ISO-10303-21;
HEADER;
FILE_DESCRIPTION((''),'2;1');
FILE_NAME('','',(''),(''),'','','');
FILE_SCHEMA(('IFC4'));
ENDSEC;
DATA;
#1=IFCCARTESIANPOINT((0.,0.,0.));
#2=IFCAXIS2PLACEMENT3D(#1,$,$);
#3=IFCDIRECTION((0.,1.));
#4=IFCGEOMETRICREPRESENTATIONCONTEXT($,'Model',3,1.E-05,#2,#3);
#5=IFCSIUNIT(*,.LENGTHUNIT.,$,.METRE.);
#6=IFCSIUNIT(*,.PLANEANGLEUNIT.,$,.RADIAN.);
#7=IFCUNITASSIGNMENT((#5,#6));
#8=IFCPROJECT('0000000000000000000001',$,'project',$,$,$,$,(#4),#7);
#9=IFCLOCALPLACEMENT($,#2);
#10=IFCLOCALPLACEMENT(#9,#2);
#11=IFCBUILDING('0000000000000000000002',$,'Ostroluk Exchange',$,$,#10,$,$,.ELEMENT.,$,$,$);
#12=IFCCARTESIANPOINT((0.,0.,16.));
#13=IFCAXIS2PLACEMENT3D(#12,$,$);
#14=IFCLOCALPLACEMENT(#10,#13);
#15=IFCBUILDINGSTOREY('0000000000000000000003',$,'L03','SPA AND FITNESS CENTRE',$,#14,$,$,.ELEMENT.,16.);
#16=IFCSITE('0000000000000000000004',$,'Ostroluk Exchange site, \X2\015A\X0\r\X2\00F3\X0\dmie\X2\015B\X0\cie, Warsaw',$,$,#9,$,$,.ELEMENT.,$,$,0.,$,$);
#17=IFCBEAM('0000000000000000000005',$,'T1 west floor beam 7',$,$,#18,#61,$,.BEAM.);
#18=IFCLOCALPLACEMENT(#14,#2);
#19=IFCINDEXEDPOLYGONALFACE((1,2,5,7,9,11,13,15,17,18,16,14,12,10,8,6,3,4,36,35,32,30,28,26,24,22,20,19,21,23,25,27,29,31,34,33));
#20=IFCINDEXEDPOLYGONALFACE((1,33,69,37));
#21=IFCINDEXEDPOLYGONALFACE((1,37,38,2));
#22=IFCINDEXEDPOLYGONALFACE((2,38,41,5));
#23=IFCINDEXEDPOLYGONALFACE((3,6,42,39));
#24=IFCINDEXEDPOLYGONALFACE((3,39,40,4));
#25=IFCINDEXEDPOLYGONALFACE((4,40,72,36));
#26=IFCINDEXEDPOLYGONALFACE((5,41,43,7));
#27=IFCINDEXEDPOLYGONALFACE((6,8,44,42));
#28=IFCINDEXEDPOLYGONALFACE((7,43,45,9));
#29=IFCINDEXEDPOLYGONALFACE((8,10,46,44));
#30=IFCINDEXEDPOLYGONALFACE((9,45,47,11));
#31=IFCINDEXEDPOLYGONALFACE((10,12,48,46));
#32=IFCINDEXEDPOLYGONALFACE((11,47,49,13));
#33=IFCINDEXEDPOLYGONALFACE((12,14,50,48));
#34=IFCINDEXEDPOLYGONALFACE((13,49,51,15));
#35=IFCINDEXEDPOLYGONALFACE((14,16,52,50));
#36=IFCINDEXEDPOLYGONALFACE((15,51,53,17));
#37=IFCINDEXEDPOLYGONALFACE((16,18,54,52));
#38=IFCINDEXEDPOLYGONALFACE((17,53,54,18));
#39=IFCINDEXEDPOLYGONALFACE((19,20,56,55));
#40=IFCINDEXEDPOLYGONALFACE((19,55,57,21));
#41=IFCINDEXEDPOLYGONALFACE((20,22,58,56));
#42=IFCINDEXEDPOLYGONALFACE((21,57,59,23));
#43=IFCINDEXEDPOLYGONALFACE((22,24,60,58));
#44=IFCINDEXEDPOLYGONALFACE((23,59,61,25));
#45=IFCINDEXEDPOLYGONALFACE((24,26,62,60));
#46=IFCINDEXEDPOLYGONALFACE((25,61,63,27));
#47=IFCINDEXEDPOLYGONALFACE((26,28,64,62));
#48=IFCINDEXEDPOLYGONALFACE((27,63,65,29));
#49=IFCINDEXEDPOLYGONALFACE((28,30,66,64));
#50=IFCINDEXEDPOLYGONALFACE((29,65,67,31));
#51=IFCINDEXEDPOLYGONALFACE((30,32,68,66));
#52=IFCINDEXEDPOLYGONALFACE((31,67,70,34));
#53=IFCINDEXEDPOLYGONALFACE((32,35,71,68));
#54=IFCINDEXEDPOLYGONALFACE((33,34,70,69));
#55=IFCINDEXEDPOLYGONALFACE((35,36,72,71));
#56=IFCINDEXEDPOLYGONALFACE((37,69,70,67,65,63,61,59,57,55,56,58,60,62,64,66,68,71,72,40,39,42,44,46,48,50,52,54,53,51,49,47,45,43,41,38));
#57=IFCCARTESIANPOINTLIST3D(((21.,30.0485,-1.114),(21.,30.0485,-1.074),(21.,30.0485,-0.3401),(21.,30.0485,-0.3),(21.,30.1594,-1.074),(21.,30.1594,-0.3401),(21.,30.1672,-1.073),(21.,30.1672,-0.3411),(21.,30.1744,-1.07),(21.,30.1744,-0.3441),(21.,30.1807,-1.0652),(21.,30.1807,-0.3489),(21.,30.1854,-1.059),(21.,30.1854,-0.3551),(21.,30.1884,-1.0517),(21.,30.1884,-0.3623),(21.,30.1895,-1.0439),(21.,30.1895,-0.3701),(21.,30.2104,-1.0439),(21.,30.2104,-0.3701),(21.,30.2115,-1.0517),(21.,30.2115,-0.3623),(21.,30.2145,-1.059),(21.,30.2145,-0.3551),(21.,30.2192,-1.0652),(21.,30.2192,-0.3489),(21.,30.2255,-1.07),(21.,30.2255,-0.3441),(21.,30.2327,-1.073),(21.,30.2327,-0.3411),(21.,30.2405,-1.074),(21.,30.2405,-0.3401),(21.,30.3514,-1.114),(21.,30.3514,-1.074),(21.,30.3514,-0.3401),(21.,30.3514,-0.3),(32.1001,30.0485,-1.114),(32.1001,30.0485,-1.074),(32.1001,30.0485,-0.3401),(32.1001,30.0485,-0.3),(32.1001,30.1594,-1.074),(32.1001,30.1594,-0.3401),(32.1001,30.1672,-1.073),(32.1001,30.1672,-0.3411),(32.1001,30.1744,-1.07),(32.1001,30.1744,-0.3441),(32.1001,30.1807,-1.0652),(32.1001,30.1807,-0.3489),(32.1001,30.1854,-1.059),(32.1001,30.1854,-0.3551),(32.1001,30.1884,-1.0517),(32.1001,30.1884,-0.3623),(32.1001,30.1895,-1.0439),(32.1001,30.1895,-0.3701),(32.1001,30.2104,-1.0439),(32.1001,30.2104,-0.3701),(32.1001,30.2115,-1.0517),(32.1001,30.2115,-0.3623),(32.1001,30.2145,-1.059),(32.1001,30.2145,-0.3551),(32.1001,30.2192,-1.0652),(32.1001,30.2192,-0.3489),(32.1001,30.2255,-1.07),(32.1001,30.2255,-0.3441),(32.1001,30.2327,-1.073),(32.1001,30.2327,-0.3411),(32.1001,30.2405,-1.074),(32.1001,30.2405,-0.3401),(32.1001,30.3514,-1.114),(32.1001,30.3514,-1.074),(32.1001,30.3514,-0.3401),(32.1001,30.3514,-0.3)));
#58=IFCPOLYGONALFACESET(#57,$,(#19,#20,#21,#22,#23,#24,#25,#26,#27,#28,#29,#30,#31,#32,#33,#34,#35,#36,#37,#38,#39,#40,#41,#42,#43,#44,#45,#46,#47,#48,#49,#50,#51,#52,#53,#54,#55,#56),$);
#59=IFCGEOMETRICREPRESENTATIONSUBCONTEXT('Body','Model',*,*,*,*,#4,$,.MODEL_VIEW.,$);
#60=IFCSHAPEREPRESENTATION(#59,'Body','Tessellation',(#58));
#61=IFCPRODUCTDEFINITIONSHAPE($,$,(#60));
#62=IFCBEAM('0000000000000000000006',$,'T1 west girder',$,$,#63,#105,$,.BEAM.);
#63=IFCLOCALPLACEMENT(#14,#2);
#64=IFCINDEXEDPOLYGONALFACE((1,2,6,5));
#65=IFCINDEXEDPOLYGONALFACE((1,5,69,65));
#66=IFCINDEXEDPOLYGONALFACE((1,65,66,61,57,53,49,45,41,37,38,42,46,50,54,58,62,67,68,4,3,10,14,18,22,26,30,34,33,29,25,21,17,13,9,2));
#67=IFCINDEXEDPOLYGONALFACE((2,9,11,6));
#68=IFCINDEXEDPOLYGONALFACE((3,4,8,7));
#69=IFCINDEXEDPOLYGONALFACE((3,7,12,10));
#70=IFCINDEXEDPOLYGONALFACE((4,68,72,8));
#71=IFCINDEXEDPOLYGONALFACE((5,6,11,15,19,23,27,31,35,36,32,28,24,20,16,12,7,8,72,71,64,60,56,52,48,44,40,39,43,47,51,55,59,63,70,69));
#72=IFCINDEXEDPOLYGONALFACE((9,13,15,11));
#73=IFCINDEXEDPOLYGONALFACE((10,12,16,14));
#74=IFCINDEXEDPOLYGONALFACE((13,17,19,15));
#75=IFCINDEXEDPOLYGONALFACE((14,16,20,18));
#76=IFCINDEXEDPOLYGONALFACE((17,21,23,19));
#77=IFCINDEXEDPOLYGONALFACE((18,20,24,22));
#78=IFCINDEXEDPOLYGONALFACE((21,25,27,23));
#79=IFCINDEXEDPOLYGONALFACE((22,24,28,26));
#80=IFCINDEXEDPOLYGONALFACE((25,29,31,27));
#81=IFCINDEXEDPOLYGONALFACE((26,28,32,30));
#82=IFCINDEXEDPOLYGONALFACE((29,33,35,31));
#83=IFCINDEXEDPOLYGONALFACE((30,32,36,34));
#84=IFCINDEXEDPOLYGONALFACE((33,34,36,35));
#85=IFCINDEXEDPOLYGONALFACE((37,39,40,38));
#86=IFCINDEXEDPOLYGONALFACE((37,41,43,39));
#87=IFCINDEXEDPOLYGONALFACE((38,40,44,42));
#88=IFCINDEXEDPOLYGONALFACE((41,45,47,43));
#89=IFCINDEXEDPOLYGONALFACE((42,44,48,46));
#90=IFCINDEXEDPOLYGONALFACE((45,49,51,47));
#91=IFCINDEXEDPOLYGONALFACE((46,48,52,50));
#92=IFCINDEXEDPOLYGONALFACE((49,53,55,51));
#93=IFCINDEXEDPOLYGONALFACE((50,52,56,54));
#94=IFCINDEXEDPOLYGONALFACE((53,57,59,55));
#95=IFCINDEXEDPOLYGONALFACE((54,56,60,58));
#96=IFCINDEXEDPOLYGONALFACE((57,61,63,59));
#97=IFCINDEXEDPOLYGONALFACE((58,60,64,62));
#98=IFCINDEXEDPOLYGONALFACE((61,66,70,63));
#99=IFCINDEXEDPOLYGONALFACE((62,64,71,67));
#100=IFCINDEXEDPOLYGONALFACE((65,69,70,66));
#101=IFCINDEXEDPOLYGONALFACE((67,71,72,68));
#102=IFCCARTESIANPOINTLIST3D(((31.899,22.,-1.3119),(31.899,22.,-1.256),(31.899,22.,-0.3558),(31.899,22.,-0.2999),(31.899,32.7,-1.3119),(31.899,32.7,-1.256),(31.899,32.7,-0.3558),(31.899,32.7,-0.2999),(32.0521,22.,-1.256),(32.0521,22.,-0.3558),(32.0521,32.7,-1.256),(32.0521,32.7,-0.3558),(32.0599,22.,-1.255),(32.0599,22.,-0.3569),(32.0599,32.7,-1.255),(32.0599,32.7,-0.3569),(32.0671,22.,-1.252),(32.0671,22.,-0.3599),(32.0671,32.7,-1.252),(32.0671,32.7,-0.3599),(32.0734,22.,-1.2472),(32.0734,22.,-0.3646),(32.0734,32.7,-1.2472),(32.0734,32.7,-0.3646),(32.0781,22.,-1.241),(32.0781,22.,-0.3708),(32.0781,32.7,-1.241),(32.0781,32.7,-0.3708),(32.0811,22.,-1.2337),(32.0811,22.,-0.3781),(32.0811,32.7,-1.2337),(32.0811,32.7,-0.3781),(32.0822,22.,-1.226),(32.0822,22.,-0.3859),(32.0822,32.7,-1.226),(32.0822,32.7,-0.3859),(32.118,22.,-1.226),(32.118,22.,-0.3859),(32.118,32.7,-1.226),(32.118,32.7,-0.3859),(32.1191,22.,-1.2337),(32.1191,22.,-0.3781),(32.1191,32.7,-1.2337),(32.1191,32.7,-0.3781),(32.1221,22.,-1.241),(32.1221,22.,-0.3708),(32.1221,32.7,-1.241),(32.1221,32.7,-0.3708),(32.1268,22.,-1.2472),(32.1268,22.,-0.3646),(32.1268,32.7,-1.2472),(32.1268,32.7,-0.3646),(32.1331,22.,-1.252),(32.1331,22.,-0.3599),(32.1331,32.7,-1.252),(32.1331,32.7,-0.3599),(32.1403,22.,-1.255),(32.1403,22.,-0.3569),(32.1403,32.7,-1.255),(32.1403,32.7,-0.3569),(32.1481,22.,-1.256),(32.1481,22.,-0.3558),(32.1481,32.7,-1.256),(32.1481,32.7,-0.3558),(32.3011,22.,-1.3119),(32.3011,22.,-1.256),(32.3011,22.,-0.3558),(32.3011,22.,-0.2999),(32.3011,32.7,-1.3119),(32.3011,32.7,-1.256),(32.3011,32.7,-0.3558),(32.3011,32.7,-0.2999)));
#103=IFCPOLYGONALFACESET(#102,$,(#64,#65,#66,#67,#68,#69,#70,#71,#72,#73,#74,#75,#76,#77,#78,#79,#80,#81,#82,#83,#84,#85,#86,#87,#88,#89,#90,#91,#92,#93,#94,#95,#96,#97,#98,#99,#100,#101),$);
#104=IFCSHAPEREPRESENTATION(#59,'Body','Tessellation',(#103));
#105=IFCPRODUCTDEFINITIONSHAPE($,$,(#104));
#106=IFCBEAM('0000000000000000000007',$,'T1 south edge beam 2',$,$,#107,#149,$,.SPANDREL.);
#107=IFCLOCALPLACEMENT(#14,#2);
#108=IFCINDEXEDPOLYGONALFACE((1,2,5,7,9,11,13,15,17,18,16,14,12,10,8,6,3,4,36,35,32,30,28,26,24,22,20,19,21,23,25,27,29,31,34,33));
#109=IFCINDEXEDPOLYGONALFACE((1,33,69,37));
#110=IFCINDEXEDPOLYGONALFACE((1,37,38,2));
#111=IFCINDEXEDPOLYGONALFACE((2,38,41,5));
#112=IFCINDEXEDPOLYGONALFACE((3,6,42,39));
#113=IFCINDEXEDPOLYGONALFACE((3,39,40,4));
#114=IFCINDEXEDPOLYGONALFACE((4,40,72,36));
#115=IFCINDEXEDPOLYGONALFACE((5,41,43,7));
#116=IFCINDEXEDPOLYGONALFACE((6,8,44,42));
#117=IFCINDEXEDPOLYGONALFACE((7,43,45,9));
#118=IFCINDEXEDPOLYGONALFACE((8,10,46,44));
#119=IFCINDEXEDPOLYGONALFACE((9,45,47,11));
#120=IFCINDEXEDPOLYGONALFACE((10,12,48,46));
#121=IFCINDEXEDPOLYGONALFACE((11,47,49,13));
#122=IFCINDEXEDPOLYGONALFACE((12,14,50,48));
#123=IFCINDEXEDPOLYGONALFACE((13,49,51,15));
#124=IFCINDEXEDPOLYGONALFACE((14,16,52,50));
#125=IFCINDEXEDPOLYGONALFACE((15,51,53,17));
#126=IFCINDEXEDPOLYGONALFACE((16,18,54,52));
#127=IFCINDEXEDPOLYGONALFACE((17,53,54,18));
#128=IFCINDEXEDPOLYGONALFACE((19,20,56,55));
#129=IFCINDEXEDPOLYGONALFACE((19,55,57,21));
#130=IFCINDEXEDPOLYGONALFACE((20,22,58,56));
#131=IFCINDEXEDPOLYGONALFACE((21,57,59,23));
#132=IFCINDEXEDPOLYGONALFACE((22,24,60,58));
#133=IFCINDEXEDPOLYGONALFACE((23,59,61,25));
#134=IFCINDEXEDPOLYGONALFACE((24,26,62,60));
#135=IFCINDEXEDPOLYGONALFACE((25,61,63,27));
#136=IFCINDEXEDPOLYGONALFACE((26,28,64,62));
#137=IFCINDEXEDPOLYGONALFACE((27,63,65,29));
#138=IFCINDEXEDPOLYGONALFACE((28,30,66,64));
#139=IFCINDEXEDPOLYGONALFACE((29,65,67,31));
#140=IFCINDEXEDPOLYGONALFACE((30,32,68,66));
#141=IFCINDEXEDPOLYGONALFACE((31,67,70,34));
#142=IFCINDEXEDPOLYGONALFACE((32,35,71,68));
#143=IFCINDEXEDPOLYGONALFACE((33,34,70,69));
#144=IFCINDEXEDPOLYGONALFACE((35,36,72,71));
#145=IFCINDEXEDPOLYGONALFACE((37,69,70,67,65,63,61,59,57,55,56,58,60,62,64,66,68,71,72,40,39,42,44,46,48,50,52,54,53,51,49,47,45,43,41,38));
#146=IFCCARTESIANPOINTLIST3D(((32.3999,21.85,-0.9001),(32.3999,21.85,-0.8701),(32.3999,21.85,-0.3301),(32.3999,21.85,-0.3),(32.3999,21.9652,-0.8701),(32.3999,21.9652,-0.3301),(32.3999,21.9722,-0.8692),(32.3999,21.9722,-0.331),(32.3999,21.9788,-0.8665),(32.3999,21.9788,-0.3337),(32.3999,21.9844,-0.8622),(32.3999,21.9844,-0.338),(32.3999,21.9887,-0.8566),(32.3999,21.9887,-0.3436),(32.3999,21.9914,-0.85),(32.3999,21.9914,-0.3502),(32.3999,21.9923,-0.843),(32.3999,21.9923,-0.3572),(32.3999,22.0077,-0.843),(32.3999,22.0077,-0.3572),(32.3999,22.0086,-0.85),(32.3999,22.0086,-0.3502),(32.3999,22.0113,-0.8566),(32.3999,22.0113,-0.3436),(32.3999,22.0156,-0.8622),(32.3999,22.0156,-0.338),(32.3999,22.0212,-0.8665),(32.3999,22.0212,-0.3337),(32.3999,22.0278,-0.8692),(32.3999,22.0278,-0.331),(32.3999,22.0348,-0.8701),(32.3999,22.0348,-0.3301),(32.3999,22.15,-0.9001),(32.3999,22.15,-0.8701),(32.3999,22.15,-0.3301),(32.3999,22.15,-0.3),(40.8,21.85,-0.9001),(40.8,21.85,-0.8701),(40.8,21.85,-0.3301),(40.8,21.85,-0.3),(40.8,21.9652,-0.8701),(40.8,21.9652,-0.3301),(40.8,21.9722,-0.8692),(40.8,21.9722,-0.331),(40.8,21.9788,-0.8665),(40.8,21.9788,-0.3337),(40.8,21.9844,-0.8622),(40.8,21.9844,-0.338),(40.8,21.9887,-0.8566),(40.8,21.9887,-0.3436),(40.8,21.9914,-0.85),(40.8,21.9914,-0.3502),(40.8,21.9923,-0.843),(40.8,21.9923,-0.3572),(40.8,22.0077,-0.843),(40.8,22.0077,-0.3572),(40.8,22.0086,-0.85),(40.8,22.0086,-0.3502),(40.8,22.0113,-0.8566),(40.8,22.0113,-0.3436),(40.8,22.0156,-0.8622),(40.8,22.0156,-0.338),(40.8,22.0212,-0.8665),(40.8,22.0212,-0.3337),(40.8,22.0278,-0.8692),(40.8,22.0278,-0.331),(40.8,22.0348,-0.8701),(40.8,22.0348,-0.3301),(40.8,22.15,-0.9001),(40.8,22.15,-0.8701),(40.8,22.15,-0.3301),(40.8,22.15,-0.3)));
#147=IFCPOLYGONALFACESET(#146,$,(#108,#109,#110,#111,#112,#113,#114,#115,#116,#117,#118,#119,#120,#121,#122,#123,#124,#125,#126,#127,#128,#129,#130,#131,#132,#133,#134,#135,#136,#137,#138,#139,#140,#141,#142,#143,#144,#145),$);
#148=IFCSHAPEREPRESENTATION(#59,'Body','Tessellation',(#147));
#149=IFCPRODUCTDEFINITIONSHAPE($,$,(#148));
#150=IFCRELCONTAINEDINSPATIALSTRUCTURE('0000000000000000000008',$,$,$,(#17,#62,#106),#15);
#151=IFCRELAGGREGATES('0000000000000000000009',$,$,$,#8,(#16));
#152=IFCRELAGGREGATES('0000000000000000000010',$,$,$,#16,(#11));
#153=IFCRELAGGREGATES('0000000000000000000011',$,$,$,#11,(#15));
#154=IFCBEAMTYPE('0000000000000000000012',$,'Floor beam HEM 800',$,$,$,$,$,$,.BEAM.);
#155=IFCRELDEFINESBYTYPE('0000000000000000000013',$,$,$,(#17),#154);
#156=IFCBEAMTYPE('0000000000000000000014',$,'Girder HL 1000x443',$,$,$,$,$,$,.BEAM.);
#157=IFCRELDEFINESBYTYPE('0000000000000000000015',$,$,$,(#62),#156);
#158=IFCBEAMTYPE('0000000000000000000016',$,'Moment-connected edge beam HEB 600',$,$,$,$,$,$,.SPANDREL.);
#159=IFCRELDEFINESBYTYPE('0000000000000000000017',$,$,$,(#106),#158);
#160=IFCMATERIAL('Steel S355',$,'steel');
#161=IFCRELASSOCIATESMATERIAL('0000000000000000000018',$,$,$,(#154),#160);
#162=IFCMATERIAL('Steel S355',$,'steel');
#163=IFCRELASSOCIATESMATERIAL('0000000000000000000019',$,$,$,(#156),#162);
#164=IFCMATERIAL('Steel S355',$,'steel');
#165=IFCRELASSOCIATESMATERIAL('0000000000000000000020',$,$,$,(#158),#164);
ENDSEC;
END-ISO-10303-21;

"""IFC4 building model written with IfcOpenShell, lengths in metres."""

from ifc_helpers import new_model, si_unit, direction, frame, origin, origin_2d, place, context, subcontext, project, spatial, i_section, extrude, material, material_profile, profile_set, type_object, element, save


model = new_model("IFC4")

# Units and contexts
model_context = context("Model", 3, precision=1e-05, world=origin(), true_north=direction((0.0, 1.0)))
body_context = subcontext(model_context, "Body", "Model", "MODEL_VIEW")
ifc_project = project(units=[si_unit("LENGTHUNIT", "METRE"), si_unit("PLANEANGLEUNIT", "RADIAN")], contexts=[model_context])

# Site, building, storey
site_placement = place(None, origin())
site = spatial("IfcSite", under=ifc_project, at=site_placement, Name="Ostroluk Exchange site, Śródmieście, Warsaw", CompositionType="ELEMENT", RefElevation=0.0)
building_placement = place(site_placement, origin())
building = spatial("IfcBuilding", under=site, at=building_placement, Name="Ostroluk Exchange", CompositionType="ELEMENT")
storey_placement = place(building_placement, frame((0.0, 0.0, 16.0)))
storey = spatial("IfcBuildingStorey", under=building, at=storey_placement, Name="L03", Description="SPA AND FITNESS CENTRE", CompositionType="ELEMENT", Elevation=16.0)

# Beams
ifc_material_1 = material(Name="Steel S355", Category="steel")
ifc_material_profile_1 = material_profile(ifc_material_1, i_section(OverallWidth=0.303, OverallDepth=0.814, WebThickness=0.021, FlangeThickness=0.04, FilletRadius=0.03, at=origin_2d()), Name="HEM 800")
ifc_profile_set_1 = profile_set([ifc_material_profile_1], Name="Steel S355")
beam_type_1 = type_object("IfcBeamType", Name="Floor beam HEM 800", PredefinedType="BEAM", material=ifc_profile_set_1)
beam_1_placement = place(storey_placement, frame((32.1001, 30.2, -0.707), z_axis=(-1.0, 0.0, 0.0), x_axis=(0.0, -1.0, 0.0)))
element("IfcBeam", 1, at=beam_1_placement, inside=storey, type_object=beam_type_1, Name="T1 west floor beam 7", PredefinedType="BEAM", context=body_context, shape_type="SweptSolid", body=[
    extrude(i_section(OverallWidth=0.303, OverallDepth=0.814, WebThickness=0.021, FlangeThickness=0.04, FilletRadius=0.03, at=origin_2d()), origin(), (0.0, 0.0, 1.0), 11.1001),
])
ifc_material_2 = material(Name="Steel S355", Category="steel")
ifc_material_profile_2 = material_profile(ifc_material_2, i_section(OverallWidth=0.4021, OverallDepth=1.012, WebThickness=0.0359, FlangeThickness=0.0559, FilletRadius=0.03, at=origin_2d()), Name="HL 1000x443")
ifc_profile_set_2 = profile_set([ifc_material_profile_2], Name="Steel S355")
beam_type_2 = type_object("IfcBeamType", Name="Girder HL 1000x443", PredefinedType="BEAM", material=ifc_profile_set_2)
beam_2_placement = place(storey_placement, frame((32.1001, 32.7, -0.8059), z_axis=(0.0, -1.0, 0.0), x_axis=(1.0, 0.0, 0.0)))
element("IfcBeam", 2, at=beam_2_placement, inside=storey, type_object=beam_type_2, Name="T1 west girder", PredefinedType="BEAM", context=body_context, shape_type="SweptSolid", body=[
    extrude(i_section(OverallWidth=0.4021, OverallDepth=1.012, WebThickness=0.0359, FlangeThickness=0.0559, FilletRadius=0.03, at=origin_2d()), origin(), (0.0, 0.0, 1.0), 10.7),
])
ifc_material_3 = material(Name="Steel S355", Category="steel")
ifc_material_profile_3 = material_profile(ifc_material_3, i_section(OverallWidth=0.3, OverallDepth=0.6001, WebThickness=0.0154, FlangeThickness=0.03, FilletRadius=0.0271, at=origin_2d()), Name="HEB 600")
ifc_profile_set_3 = profile_set([ifc_material_profile_3], Name="Steel S355")
beam_type_3 = type_object("IfcBeamType", Name="Moment-connected edge beam HEB 600", PredefinedType="SPANDREL", material=ifc_profile_set_3)
beam_3_placement = place(storey_placement, frame((32.3999, 22.0, -0.6001), z_axis=(1.0, 0.0, 0.0), x_axis=(0.0, 1.0, 0.0)))
element("IfcBeam", 3, at=beam_3_placement, inside=storey, type_object=beam_type_3, Name="T1 south edge beam 2", PredefinedType="SPANDREL", context=body_context, shape_type="SweptSolid", body=[
    extrude(i_section(OverallWidth=0.3, OverallDepth=0.6001, WebThickness=0.0154, FlangeThickness=0.03, FilletRadius=0.0271, at=origin_2d()), origin(), (0.0, 0.0, 1.0), 8.4001),
])

save(model, "model.ifc")
